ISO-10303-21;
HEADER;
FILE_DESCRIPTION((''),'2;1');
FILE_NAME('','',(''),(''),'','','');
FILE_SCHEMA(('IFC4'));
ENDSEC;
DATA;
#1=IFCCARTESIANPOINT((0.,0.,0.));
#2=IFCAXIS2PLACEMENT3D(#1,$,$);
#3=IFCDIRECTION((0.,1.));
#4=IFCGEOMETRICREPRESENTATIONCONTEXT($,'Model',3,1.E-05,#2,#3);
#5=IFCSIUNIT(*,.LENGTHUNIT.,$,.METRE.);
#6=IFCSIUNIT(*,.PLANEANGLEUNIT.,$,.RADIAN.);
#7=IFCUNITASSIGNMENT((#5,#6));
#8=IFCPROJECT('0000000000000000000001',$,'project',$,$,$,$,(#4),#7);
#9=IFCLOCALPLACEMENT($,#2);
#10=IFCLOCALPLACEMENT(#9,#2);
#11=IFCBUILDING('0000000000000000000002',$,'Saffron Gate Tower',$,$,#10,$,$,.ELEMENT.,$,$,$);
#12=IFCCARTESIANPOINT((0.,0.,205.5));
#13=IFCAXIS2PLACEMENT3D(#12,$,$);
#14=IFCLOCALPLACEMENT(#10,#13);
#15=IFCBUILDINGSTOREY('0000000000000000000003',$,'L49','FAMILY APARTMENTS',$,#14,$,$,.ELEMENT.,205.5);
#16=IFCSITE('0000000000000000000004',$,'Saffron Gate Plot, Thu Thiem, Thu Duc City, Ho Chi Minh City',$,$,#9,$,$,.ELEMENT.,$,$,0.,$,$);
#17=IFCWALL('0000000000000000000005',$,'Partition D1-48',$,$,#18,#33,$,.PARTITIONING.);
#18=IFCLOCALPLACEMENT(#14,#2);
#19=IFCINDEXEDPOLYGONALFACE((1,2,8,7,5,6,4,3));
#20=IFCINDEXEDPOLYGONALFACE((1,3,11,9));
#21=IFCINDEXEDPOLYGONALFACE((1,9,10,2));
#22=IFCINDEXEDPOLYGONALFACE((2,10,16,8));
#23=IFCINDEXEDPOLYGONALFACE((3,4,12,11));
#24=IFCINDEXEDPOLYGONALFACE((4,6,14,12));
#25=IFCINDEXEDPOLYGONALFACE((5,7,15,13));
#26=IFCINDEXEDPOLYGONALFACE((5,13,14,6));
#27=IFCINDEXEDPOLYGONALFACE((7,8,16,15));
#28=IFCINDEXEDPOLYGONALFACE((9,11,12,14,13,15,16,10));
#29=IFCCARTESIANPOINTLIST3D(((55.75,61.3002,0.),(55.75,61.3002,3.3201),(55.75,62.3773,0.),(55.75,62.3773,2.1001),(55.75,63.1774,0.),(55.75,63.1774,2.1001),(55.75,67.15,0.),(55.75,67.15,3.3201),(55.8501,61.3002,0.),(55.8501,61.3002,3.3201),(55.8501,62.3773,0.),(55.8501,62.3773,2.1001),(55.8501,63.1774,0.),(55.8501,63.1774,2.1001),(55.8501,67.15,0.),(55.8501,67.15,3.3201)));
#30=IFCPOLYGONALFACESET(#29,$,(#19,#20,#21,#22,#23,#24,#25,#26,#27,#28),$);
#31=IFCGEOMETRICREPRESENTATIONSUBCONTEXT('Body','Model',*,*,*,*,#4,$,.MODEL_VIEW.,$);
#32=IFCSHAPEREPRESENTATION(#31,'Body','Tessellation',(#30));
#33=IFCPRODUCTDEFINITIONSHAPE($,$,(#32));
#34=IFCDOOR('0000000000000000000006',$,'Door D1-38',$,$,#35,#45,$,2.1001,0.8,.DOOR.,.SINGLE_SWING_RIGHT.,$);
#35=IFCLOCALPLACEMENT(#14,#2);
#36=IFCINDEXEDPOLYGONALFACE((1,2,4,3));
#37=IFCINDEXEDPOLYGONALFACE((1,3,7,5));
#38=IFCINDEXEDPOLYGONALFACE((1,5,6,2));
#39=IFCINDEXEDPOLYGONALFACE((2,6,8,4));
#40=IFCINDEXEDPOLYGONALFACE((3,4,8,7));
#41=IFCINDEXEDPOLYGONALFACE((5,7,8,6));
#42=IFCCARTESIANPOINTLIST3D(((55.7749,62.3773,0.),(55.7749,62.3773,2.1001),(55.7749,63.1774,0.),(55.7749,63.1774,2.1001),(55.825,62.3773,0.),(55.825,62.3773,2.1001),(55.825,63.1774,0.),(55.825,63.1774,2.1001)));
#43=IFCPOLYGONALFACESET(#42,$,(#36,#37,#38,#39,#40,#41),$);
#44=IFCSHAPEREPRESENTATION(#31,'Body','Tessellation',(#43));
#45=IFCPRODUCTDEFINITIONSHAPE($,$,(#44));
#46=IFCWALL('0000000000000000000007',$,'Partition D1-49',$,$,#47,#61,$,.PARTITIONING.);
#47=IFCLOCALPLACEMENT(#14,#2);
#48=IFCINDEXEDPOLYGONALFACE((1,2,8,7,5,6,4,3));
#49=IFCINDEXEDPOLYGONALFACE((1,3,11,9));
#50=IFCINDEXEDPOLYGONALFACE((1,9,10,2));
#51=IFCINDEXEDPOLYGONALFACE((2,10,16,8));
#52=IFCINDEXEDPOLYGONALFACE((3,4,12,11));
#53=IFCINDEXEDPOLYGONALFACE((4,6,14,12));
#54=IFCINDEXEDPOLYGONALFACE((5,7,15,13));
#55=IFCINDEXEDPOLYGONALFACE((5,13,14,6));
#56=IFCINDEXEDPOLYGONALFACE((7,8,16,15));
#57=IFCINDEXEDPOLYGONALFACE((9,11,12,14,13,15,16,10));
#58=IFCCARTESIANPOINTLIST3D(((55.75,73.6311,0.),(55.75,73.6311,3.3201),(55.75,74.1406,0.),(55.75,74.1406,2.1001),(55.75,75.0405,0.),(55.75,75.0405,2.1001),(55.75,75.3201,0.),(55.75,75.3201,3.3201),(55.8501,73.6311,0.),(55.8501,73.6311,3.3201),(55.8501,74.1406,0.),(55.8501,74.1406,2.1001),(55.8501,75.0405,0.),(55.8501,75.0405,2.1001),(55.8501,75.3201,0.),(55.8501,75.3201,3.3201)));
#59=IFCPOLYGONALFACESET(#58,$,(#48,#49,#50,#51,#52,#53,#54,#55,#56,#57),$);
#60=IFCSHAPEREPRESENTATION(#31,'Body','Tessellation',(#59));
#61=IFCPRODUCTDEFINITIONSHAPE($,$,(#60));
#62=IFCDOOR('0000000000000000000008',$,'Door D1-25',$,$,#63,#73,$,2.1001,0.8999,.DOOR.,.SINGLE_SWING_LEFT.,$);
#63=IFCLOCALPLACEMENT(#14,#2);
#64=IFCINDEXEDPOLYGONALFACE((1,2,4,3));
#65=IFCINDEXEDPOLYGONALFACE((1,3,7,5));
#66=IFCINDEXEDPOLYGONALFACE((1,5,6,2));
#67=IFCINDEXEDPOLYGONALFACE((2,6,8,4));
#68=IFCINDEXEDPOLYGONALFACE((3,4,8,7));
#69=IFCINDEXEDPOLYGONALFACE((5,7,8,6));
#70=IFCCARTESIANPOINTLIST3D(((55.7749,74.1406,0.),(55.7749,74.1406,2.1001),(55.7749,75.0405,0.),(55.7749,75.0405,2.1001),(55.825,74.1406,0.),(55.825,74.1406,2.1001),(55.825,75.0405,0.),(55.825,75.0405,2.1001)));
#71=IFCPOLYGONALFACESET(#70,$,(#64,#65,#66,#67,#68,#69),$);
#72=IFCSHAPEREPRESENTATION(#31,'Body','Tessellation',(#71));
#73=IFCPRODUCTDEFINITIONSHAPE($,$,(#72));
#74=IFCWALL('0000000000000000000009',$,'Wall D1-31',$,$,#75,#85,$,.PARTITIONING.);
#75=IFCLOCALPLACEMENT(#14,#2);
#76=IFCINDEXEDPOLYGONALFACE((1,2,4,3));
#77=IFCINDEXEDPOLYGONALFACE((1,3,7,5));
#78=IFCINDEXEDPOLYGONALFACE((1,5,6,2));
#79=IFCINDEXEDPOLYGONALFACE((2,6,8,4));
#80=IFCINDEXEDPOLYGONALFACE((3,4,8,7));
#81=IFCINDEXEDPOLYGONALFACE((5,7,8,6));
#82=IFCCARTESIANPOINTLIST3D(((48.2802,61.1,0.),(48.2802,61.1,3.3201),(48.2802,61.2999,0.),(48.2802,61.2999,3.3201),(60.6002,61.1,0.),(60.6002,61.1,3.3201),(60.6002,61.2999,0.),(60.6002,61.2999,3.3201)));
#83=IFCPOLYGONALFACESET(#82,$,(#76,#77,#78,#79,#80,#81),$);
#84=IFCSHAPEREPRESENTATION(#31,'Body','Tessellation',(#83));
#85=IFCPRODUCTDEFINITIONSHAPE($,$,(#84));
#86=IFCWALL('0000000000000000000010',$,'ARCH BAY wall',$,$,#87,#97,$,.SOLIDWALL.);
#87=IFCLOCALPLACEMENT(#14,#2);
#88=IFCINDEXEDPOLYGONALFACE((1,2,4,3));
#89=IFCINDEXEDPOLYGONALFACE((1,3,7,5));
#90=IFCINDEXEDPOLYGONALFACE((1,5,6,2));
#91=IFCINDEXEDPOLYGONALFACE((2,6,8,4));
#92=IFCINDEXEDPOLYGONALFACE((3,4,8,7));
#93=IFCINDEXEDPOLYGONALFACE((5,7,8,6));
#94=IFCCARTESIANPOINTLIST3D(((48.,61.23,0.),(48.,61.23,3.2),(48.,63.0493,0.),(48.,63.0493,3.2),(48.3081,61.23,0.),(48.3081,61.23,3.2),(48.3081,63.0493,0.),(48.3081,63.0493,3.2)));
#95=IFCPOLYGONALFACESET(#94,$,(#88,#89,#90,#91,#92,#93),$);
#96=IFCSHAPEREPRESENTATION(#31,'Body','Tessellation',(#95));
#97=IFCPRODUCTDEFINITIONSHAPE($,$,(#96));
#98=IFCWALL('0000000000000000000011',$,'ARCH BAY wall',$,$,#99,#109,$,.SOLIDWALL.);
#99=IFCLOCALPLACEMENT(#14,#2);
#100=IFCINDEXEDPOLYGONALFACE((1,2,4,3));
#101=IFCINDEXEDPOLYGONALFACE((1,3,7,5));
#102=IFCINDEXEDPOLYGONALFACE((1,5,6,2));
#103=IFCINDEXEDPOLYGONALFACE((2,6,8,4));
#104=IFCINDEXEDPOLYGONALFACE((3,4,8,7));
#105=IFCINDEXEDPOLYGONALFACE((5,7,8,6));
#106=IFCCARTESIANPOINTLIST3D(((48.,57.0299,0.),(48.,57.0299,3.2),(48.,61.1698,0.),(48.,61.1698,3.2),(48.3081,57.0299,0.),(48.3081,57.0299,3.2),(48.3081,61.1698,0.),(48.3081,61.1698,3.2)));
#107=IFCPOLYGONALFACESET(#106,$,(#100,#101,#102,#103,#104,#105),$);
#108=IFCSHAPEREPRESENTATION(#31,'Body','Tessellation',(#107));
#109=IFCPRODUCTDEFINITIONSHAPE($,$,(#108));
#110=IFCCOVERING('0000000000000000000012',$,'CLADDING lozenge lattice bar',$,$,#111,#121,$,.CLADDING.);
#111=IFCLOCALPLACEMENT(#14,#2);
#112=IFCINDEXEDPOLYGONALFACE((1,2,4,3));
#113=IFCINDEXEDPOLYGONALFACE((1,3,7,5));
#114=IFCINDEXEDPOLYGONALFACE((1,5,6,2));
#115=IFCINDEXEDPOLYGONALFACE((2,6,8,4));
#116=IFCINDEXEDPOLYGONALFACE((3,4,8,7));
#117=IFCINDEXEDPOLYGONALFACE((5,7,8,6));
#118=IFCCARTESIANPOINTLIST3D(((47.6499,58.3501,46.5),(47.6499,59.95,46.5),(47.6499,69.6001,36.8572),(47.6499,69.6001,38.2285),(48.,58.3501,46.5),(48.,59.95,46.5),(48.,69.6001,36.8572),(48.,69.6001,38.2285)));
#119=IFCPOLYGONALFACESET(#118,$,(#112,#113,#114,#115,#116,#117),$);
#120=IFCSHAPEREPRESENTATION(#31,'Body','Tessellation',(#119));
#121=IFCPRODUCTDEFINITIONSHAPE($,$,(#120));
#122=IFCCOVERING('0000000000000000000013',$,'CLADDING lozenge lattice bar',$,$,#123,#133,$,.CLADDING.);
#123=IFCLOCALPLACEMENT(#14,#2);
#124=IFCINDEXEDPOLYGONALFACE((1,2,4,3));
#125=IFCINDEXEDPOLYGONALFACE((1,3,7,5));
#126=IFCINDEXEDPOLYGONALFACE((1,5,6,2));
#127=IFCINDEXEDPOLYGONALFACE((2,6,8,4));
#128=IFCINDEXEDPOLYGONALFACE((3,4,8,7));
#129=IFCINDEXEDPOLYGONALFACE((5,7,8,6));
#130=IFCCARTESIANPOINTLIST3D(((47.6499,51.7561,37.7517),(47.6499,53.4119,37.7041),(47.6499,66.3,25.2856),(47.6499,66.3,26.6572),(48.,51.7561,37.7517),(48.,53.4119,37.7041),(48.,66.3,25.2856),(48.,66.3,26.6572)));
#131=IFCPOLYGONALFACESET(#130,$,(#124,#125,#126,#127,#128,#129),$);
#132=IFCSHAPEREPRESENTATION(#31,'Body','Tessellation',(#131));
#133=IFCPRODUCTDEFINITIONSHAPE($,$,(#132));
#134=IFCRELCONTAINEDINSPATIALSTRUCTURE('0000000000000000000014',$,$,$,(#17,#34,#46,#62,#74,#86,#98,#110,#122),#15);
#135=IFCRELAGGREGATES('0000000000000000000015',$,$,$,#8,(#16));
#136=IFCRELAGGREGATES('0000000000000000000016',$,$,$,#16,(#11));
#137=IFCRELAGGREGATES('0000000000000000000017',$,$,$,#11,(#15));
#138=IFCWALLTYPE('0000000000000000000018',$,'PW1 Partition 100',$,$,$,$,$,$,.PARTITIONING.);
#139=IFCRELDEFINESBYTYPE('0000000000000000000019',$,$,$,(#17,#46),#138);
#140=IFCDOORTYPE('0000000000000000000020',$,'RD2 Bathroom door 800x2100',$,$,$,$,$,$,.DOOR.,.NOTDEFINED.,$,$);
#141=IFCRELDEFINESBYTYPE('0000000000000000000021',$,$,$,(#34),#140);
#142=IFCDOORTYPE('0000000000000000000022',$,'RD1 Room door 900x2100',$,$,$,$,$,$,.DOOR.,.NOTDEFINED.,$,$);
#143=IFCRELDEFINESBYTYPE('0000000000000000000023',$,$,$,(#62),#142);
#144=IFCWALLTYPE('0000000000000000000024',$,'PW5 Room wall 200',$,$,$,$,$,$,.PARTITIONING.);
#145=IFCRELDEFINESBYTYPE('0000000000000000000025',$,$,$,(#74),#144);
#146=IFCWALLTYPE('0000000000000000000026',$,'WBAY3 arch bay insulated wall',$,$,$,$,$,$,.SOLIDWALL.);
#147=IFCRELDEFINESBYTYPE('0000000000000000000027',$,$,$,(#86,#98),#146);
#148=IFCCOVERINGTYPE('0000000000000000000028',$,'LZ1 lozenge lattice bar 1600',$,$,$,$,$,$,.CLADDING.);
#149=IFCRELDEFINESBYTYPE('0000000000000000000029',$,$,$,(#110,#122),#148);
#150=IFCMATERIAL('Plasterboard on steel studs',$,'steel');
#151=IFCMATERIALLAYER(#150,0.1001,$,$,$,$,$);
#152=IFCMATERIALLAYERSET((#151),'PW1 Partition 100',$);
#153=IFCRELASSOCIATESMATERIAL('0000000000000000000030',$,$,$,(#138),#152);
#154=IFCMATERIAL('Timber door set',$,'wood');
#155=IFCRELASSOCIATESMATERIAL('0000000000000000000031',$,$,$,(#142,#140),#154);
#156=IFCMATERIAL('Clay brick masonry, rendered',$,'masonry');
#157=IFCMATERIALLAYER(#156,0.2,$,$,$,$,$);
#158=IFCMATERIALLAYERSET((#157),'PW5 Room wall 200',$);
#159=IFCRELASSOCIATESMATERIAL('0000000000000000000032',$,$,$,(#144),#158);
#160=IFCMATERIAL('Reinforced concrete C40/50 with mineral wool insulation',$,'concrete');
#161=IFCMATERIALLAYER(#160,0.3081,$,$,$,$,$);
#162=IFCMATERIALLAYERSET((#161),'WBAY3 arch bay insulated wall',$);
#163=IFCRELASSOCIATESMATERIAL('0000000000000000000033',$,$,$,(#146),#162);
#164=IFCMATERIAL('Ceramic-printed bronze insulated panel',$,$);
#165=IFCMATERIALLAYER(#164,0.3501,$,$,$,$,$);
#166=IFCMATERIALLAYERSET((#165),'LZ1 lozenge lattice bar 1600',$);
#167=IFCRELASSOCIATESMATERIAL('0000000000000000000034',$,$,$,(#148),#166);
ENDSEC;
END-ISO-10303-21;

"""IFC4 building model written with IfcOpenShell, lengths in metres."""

from ifc_helpers import new_model, si_unit, direction, frame, frame_2d, origin, place, context, subcontext, project, spatial, polyline, rectangle, outline, extrude, material, layer, layer_set, type_object, element, fill, save


model = new_model("IFC4")

# Units and contexts
model_context = context("Model", 3, precision=1e-05, world=origin(), true_north=direction((0.0, 1.0)))
body_context = subcontext(model_context, "Body", "Model", "MODEL_VIEW")
ifc_project = project(units=[si_unit("LENGTHUNIT", "METRE"), si_unit("PLANEANGLEUNIT", "RADIAN")], contexts=[model_context])

# Site, building, storey
site_placement = place(None, origin())
site = spatial("IfcSite", under=ifc_project, at=site_placement, Name="Saffron Gate Plot, Thu Thiem, Thu Duc City, Ho Chi Minh City", CompositionType="ELEMENT", RefElevation=0.0)
building_placement = place(site_placement, origin())
building = spatial("IfcBuilding", under=site, at=building_placement, Name="Saffron Gate Tower", CompositionType="ELEMENT")
storey_placement = place(building_placement, frame((0.0, 0.0, 205.5)))
storey = spatial("IfcBuildingStorey", under=building, at=storey_placement, Name="L49", Description="FAMILY APARTMENTS", CompositionType="ELEMENT", Elevation=205.5)

# Shared definitions
ifc_material_1 = material(Name="Plasterboard on steel studs", Category="steel")
ifc_layer_1 = layer(ifc_material_1, 0.1001)
ifc_layer_set_1 = layer_set([ifc_layer_1], Name="PW1 Partition 100")
wall_type_1 = type_object("IfcWallType", Name="PW1 Partition 100", PredefinedType="PARTITIONING", material=ifc_layer_set_1)

# Shared definitions
ifc_material_2 = material(Name="Timber door set", Category="wood")
door_type_1 = type_object("IfcDoorType", Name="RD1 Room door 900x2100", OperationType="NOTDEFINED", PredefinedType="DOOR", material=ifc_material_2)

# Walls, openings, doors
wall_1_placement = place(storey_placement, frame((55.8, 67.1499, 0.0), z_axis=(0.0, 0.0, 1.0), x_axis=(0.0, -1.0, 0.0)))
wall_1 = element("IfcWall", 1, at=wall_1_placement, inside=storey, type_object=wall_type_1, Name="Partition D1-48", PredefinedType="PARTITIONING", context=body_context, shape_type="SweptSolid", body=[
    extrude(rectangle(XDim=5.8499, YDim=0.1001, at=frame_2d((2.9248, 0.0))), origin(), (0.0, 0.0, 1.0), 3.3201),
])
opening_1_placement = place(wall_1_placement, frame((3.9727, 0.0, 0.0)))
opening_1 = element("IfcOpeningElement", 2, at=opening_1_placement, cuts=wall_1, PredefinedType="OPENING", context=body_context, shape_type="SweptSolid", body=[
    extrude(rectangle(XDim=0.8, YDim=2.1001, at=frame_2d((0.3999, 1.05))), frame((0.0, 0.0601, 0.0), z_axis=(0.0, -1.0, 0.0), x_axis=(1.0, 0.0, 0.0)), (0.0, 0.0, 1.0), 0.1201),
])
door_type_2 = type_object("IfcDoorType", Name="RD2 Bathroom door 800x2100", OperationType="NOTDEFINED", PredefinedType="DOOR", material=ifc_material_2)
door_1_placement = place(opening_1_placement, origin())
door_1 = element("IfcDoor", 3, at=door_1_placement, inside=storey, type_object=door_type_2, Name="Door D1-38", OperationType="SINGLE_SWING_RIGHT", OverallHeight=2.1001, OverallWidth=0.8, PredefinedType="DOOR", context=body_context, shape_type="SweptSolid", body=[
    extrude(rectangle(XDim=0.8, YDim=2.1001, at=frame_2d((0.3999, 1.05))), frame((0.0, 0.0249, 0.0), z_axis=(0.0, -1.0, 0.0), x_axis=(1.0, 0.0, 0.0)), (0.0, 0.0, 1.0), 0.05),
])
fill(opening_1, door_1)
wall_2_placement = place(storey_placement, frame((55.8, 75.3201, 0.0), z_axis=(0.0, 0.0, 1.0), x_axis=(0.0, -1.0, 0.0)))
wall_2 = element("IfcWall", 4, at=wall_2_placement, inside=storey, type_object=wall_type_1, Name="Partition D1-49", PredefinedType="PARTITIONING", context=body_context, shape_type="SweptSolid", body=[
    extrude(rectangle(XDim=1.689, YDim=0.1001, at=frame_2d((0.8445, 0.0))), origin(), (0.0, 0.0, 1.0), 3.3201),
])
opening_2_placement = place(wall_2_placement, frame((0.2795, 0.0, 0.0)))
opening_2 = element("IfcOpeningElement", 5, at=opening_2_placement, cuts=wall_2, PredefinedType="OPENING", context=body_context, shape_type="SweptSolid", body=[
    extrude(rectangle(XDim=0.8999, YDim=2.1001, at=frame_2d((0.45, 1.05))), frame((0.0, 0.0601, 0.0), z_axis=(0.0, -1.0, 0.0), x_axis=(1.0, 0.0, 0.0)), (0.0, 0.0, 1.0), 0.1201),
])
door_2_placement = place(opening_2_placement, origin())
door_2 = element("IfcDoor", 6, at=door_2_placement, inside=storey, type_object=door_type_1, Name="Door D1-25", OperationType="SINGLE_SWING_LEFT", OverallHeight=2.1001, OverallWidth=0.8999, PredefinedType="DOOR", context=body_context, shape_type="SweptSolid", body=[
    extrude(rectangle(XDim=0.8999, YDim=2.1001, at=frame_2d((0.45, 1.05))), frame((0.0, 0.0249, 0.0), z_axis=(0.0, -1.0, 0.0), x_axis=(1.0, 0.0, 0.0)), (0.0, 0.0, 1.0), 0.05),
])
fill(opening_2, door_2)

# Walls
ifc_material_3 = material(Name="Clay brick masonry, rendered", Category="masonry")
ifc_layer_2 = layer(ifc_material_3, 0.2)
ifc_layer_set_2 = layer_set([ifc_layer_2], Name="PW5 Room wall 200")
wall_type_2 = type_object("IfcWallType", Name="PW5 Room wall 200", PredefinedType="PARTITIONING", material=ifc_layer_set_2)
wall_3_placement = place(storey_placement, frame((48.28, 61.2, 0.0), z_axis=(0.0, 0.0, 1.0), x_axis=(1.0, 0.0, 0.0)))
element("IfcWall", 7, at=wall_3_placement, inside=storey, type_object=wall_type_2, Name="Wall D1-31", PredefinedType="PARTITIONING", context=body_context, shape_type="SweptSolid", body=[
    extrude(rectangle(XDim=12.3201, YDim=0.2, at=frame_2d((6.1602, 0.0))), origin(), (0.0, 0.0, 1.0), 3.3201),
])
ifc_material_4 = material(Name="Reinforced concrete C40/50 with mineral wool insulation", Category="concrete")
ifc_layer_3 = layer(ifc_material_4, 0.3081)
ifc_layer_set_3 = layer_set([ifc_layer_3], Name="WBAY3 arch bay insulated wall")
wall_type_3 = type_object("IfcWallType", Name="WBAY3 arch bay insulated wall", PredefinedType="SOLIDWALL", material=ifc_layer_set_3)
wall_4_placement = place(storey_placement, frame((48.1541, 61.23, 0.0), z_axis=(0.0, 0.0, 1.0), x_axis=(0.0, 1.0, 0.0)))
element("IfcWall", 8, at=wall_4_placement, inside=storey, type_object=wall_type_3, Name="ARCH BAY wall", PredefinedType="SOLIDWALL", context=body_context, shape_type="SweptSolid", body=[
    extrude(rectangle(XDim=1.8193, YDim=0.3081, at=frame_2d((0.9097, 0.0))), origin(), (0.0, 0.0, 1.0), 3.2),
])
wall_5_placement = place(storey_placement, frame((48.1541, 57.03, 0.0), z_axis=(0.0, 0.0, 1.0), x_axis=(0.0, 1.0, 0.0)))
element("IfcWall", 9, at=wall_5_placement, inside=storey, type_object=wall_type_3, Name="ARCH BAY wall", PredefinedType="SOLIDWALL", context=body_context, shape_type="SweptSolid", body=[
    extrude(rectangle(XDim=4.1399, YDim=0.3081, at=frame_2d((2.0698, 0.0))), origin(), (0.0, 0.0, 1.0), 3.2),
])

# Coverings
ifc_material_5 = material(Name="Ceramic-printed bronze insulated panel")
ifc_layer_4 = layer(ifc_material_5, 0.3501)
ifc_layer_set_4 = layer_set([ifc_layer_4], Name="LZ1 lozenge lattice bar 1600")
covering_type = type_object("IfcCoveringType", Name="LZ1 lozenge lattice bar 1600", PredefinedType="CLADDING", material=ifc_layer_set_4)
covering_1_placement = place(storey_placement, frame((47.6499, 69.6001, 36.8572), z_axis=(-1.0, 0.0, 0.0), x_axis=(0.0, -0.759258, 0.65079)))
element("IfcCovering", 10, at=covering_1_placement, inside=storey, type_object=covering_type, Name="CLADDING lozenge lattice bar", PredefinedType="CLADDING", context=body_context, shape_type="SweptSolid", body=[
    extrude(outline(polyline([(0.0, 0.0), (14.8171, 0.0), (13.6024, 1.0412), (0.8925, 1.0412), (0.0, 0.0)])), origin(), (0.0, 0.0, -1.0), 0.3501),
])
covering_2_placement = place(storey_placement, frame((47.6499, 66.3, 26.6572), z_axis=(-1.0, 0.0, 0.0), x_axis=(0.0, 0.0, -1.0)))
element("IfcCovering", 11, at=covering_2_placement, inside=storey, type_object=covering_type, Name="CLADDING lozenge lattice bar", PredefinedType="CLADDING", context=body_context, shape_type="SweptSolid", body=[
    extrude(outline(polyline([(0.0, 0.0), (1.3716, 0.0), (-11.0945, 14.5439), (-11.0469, 12.8882), (0.0, 0.0)])), origin(), (0.0, 0.0, -1.0), 0.3501),
])

save(model, "model.ifc")
